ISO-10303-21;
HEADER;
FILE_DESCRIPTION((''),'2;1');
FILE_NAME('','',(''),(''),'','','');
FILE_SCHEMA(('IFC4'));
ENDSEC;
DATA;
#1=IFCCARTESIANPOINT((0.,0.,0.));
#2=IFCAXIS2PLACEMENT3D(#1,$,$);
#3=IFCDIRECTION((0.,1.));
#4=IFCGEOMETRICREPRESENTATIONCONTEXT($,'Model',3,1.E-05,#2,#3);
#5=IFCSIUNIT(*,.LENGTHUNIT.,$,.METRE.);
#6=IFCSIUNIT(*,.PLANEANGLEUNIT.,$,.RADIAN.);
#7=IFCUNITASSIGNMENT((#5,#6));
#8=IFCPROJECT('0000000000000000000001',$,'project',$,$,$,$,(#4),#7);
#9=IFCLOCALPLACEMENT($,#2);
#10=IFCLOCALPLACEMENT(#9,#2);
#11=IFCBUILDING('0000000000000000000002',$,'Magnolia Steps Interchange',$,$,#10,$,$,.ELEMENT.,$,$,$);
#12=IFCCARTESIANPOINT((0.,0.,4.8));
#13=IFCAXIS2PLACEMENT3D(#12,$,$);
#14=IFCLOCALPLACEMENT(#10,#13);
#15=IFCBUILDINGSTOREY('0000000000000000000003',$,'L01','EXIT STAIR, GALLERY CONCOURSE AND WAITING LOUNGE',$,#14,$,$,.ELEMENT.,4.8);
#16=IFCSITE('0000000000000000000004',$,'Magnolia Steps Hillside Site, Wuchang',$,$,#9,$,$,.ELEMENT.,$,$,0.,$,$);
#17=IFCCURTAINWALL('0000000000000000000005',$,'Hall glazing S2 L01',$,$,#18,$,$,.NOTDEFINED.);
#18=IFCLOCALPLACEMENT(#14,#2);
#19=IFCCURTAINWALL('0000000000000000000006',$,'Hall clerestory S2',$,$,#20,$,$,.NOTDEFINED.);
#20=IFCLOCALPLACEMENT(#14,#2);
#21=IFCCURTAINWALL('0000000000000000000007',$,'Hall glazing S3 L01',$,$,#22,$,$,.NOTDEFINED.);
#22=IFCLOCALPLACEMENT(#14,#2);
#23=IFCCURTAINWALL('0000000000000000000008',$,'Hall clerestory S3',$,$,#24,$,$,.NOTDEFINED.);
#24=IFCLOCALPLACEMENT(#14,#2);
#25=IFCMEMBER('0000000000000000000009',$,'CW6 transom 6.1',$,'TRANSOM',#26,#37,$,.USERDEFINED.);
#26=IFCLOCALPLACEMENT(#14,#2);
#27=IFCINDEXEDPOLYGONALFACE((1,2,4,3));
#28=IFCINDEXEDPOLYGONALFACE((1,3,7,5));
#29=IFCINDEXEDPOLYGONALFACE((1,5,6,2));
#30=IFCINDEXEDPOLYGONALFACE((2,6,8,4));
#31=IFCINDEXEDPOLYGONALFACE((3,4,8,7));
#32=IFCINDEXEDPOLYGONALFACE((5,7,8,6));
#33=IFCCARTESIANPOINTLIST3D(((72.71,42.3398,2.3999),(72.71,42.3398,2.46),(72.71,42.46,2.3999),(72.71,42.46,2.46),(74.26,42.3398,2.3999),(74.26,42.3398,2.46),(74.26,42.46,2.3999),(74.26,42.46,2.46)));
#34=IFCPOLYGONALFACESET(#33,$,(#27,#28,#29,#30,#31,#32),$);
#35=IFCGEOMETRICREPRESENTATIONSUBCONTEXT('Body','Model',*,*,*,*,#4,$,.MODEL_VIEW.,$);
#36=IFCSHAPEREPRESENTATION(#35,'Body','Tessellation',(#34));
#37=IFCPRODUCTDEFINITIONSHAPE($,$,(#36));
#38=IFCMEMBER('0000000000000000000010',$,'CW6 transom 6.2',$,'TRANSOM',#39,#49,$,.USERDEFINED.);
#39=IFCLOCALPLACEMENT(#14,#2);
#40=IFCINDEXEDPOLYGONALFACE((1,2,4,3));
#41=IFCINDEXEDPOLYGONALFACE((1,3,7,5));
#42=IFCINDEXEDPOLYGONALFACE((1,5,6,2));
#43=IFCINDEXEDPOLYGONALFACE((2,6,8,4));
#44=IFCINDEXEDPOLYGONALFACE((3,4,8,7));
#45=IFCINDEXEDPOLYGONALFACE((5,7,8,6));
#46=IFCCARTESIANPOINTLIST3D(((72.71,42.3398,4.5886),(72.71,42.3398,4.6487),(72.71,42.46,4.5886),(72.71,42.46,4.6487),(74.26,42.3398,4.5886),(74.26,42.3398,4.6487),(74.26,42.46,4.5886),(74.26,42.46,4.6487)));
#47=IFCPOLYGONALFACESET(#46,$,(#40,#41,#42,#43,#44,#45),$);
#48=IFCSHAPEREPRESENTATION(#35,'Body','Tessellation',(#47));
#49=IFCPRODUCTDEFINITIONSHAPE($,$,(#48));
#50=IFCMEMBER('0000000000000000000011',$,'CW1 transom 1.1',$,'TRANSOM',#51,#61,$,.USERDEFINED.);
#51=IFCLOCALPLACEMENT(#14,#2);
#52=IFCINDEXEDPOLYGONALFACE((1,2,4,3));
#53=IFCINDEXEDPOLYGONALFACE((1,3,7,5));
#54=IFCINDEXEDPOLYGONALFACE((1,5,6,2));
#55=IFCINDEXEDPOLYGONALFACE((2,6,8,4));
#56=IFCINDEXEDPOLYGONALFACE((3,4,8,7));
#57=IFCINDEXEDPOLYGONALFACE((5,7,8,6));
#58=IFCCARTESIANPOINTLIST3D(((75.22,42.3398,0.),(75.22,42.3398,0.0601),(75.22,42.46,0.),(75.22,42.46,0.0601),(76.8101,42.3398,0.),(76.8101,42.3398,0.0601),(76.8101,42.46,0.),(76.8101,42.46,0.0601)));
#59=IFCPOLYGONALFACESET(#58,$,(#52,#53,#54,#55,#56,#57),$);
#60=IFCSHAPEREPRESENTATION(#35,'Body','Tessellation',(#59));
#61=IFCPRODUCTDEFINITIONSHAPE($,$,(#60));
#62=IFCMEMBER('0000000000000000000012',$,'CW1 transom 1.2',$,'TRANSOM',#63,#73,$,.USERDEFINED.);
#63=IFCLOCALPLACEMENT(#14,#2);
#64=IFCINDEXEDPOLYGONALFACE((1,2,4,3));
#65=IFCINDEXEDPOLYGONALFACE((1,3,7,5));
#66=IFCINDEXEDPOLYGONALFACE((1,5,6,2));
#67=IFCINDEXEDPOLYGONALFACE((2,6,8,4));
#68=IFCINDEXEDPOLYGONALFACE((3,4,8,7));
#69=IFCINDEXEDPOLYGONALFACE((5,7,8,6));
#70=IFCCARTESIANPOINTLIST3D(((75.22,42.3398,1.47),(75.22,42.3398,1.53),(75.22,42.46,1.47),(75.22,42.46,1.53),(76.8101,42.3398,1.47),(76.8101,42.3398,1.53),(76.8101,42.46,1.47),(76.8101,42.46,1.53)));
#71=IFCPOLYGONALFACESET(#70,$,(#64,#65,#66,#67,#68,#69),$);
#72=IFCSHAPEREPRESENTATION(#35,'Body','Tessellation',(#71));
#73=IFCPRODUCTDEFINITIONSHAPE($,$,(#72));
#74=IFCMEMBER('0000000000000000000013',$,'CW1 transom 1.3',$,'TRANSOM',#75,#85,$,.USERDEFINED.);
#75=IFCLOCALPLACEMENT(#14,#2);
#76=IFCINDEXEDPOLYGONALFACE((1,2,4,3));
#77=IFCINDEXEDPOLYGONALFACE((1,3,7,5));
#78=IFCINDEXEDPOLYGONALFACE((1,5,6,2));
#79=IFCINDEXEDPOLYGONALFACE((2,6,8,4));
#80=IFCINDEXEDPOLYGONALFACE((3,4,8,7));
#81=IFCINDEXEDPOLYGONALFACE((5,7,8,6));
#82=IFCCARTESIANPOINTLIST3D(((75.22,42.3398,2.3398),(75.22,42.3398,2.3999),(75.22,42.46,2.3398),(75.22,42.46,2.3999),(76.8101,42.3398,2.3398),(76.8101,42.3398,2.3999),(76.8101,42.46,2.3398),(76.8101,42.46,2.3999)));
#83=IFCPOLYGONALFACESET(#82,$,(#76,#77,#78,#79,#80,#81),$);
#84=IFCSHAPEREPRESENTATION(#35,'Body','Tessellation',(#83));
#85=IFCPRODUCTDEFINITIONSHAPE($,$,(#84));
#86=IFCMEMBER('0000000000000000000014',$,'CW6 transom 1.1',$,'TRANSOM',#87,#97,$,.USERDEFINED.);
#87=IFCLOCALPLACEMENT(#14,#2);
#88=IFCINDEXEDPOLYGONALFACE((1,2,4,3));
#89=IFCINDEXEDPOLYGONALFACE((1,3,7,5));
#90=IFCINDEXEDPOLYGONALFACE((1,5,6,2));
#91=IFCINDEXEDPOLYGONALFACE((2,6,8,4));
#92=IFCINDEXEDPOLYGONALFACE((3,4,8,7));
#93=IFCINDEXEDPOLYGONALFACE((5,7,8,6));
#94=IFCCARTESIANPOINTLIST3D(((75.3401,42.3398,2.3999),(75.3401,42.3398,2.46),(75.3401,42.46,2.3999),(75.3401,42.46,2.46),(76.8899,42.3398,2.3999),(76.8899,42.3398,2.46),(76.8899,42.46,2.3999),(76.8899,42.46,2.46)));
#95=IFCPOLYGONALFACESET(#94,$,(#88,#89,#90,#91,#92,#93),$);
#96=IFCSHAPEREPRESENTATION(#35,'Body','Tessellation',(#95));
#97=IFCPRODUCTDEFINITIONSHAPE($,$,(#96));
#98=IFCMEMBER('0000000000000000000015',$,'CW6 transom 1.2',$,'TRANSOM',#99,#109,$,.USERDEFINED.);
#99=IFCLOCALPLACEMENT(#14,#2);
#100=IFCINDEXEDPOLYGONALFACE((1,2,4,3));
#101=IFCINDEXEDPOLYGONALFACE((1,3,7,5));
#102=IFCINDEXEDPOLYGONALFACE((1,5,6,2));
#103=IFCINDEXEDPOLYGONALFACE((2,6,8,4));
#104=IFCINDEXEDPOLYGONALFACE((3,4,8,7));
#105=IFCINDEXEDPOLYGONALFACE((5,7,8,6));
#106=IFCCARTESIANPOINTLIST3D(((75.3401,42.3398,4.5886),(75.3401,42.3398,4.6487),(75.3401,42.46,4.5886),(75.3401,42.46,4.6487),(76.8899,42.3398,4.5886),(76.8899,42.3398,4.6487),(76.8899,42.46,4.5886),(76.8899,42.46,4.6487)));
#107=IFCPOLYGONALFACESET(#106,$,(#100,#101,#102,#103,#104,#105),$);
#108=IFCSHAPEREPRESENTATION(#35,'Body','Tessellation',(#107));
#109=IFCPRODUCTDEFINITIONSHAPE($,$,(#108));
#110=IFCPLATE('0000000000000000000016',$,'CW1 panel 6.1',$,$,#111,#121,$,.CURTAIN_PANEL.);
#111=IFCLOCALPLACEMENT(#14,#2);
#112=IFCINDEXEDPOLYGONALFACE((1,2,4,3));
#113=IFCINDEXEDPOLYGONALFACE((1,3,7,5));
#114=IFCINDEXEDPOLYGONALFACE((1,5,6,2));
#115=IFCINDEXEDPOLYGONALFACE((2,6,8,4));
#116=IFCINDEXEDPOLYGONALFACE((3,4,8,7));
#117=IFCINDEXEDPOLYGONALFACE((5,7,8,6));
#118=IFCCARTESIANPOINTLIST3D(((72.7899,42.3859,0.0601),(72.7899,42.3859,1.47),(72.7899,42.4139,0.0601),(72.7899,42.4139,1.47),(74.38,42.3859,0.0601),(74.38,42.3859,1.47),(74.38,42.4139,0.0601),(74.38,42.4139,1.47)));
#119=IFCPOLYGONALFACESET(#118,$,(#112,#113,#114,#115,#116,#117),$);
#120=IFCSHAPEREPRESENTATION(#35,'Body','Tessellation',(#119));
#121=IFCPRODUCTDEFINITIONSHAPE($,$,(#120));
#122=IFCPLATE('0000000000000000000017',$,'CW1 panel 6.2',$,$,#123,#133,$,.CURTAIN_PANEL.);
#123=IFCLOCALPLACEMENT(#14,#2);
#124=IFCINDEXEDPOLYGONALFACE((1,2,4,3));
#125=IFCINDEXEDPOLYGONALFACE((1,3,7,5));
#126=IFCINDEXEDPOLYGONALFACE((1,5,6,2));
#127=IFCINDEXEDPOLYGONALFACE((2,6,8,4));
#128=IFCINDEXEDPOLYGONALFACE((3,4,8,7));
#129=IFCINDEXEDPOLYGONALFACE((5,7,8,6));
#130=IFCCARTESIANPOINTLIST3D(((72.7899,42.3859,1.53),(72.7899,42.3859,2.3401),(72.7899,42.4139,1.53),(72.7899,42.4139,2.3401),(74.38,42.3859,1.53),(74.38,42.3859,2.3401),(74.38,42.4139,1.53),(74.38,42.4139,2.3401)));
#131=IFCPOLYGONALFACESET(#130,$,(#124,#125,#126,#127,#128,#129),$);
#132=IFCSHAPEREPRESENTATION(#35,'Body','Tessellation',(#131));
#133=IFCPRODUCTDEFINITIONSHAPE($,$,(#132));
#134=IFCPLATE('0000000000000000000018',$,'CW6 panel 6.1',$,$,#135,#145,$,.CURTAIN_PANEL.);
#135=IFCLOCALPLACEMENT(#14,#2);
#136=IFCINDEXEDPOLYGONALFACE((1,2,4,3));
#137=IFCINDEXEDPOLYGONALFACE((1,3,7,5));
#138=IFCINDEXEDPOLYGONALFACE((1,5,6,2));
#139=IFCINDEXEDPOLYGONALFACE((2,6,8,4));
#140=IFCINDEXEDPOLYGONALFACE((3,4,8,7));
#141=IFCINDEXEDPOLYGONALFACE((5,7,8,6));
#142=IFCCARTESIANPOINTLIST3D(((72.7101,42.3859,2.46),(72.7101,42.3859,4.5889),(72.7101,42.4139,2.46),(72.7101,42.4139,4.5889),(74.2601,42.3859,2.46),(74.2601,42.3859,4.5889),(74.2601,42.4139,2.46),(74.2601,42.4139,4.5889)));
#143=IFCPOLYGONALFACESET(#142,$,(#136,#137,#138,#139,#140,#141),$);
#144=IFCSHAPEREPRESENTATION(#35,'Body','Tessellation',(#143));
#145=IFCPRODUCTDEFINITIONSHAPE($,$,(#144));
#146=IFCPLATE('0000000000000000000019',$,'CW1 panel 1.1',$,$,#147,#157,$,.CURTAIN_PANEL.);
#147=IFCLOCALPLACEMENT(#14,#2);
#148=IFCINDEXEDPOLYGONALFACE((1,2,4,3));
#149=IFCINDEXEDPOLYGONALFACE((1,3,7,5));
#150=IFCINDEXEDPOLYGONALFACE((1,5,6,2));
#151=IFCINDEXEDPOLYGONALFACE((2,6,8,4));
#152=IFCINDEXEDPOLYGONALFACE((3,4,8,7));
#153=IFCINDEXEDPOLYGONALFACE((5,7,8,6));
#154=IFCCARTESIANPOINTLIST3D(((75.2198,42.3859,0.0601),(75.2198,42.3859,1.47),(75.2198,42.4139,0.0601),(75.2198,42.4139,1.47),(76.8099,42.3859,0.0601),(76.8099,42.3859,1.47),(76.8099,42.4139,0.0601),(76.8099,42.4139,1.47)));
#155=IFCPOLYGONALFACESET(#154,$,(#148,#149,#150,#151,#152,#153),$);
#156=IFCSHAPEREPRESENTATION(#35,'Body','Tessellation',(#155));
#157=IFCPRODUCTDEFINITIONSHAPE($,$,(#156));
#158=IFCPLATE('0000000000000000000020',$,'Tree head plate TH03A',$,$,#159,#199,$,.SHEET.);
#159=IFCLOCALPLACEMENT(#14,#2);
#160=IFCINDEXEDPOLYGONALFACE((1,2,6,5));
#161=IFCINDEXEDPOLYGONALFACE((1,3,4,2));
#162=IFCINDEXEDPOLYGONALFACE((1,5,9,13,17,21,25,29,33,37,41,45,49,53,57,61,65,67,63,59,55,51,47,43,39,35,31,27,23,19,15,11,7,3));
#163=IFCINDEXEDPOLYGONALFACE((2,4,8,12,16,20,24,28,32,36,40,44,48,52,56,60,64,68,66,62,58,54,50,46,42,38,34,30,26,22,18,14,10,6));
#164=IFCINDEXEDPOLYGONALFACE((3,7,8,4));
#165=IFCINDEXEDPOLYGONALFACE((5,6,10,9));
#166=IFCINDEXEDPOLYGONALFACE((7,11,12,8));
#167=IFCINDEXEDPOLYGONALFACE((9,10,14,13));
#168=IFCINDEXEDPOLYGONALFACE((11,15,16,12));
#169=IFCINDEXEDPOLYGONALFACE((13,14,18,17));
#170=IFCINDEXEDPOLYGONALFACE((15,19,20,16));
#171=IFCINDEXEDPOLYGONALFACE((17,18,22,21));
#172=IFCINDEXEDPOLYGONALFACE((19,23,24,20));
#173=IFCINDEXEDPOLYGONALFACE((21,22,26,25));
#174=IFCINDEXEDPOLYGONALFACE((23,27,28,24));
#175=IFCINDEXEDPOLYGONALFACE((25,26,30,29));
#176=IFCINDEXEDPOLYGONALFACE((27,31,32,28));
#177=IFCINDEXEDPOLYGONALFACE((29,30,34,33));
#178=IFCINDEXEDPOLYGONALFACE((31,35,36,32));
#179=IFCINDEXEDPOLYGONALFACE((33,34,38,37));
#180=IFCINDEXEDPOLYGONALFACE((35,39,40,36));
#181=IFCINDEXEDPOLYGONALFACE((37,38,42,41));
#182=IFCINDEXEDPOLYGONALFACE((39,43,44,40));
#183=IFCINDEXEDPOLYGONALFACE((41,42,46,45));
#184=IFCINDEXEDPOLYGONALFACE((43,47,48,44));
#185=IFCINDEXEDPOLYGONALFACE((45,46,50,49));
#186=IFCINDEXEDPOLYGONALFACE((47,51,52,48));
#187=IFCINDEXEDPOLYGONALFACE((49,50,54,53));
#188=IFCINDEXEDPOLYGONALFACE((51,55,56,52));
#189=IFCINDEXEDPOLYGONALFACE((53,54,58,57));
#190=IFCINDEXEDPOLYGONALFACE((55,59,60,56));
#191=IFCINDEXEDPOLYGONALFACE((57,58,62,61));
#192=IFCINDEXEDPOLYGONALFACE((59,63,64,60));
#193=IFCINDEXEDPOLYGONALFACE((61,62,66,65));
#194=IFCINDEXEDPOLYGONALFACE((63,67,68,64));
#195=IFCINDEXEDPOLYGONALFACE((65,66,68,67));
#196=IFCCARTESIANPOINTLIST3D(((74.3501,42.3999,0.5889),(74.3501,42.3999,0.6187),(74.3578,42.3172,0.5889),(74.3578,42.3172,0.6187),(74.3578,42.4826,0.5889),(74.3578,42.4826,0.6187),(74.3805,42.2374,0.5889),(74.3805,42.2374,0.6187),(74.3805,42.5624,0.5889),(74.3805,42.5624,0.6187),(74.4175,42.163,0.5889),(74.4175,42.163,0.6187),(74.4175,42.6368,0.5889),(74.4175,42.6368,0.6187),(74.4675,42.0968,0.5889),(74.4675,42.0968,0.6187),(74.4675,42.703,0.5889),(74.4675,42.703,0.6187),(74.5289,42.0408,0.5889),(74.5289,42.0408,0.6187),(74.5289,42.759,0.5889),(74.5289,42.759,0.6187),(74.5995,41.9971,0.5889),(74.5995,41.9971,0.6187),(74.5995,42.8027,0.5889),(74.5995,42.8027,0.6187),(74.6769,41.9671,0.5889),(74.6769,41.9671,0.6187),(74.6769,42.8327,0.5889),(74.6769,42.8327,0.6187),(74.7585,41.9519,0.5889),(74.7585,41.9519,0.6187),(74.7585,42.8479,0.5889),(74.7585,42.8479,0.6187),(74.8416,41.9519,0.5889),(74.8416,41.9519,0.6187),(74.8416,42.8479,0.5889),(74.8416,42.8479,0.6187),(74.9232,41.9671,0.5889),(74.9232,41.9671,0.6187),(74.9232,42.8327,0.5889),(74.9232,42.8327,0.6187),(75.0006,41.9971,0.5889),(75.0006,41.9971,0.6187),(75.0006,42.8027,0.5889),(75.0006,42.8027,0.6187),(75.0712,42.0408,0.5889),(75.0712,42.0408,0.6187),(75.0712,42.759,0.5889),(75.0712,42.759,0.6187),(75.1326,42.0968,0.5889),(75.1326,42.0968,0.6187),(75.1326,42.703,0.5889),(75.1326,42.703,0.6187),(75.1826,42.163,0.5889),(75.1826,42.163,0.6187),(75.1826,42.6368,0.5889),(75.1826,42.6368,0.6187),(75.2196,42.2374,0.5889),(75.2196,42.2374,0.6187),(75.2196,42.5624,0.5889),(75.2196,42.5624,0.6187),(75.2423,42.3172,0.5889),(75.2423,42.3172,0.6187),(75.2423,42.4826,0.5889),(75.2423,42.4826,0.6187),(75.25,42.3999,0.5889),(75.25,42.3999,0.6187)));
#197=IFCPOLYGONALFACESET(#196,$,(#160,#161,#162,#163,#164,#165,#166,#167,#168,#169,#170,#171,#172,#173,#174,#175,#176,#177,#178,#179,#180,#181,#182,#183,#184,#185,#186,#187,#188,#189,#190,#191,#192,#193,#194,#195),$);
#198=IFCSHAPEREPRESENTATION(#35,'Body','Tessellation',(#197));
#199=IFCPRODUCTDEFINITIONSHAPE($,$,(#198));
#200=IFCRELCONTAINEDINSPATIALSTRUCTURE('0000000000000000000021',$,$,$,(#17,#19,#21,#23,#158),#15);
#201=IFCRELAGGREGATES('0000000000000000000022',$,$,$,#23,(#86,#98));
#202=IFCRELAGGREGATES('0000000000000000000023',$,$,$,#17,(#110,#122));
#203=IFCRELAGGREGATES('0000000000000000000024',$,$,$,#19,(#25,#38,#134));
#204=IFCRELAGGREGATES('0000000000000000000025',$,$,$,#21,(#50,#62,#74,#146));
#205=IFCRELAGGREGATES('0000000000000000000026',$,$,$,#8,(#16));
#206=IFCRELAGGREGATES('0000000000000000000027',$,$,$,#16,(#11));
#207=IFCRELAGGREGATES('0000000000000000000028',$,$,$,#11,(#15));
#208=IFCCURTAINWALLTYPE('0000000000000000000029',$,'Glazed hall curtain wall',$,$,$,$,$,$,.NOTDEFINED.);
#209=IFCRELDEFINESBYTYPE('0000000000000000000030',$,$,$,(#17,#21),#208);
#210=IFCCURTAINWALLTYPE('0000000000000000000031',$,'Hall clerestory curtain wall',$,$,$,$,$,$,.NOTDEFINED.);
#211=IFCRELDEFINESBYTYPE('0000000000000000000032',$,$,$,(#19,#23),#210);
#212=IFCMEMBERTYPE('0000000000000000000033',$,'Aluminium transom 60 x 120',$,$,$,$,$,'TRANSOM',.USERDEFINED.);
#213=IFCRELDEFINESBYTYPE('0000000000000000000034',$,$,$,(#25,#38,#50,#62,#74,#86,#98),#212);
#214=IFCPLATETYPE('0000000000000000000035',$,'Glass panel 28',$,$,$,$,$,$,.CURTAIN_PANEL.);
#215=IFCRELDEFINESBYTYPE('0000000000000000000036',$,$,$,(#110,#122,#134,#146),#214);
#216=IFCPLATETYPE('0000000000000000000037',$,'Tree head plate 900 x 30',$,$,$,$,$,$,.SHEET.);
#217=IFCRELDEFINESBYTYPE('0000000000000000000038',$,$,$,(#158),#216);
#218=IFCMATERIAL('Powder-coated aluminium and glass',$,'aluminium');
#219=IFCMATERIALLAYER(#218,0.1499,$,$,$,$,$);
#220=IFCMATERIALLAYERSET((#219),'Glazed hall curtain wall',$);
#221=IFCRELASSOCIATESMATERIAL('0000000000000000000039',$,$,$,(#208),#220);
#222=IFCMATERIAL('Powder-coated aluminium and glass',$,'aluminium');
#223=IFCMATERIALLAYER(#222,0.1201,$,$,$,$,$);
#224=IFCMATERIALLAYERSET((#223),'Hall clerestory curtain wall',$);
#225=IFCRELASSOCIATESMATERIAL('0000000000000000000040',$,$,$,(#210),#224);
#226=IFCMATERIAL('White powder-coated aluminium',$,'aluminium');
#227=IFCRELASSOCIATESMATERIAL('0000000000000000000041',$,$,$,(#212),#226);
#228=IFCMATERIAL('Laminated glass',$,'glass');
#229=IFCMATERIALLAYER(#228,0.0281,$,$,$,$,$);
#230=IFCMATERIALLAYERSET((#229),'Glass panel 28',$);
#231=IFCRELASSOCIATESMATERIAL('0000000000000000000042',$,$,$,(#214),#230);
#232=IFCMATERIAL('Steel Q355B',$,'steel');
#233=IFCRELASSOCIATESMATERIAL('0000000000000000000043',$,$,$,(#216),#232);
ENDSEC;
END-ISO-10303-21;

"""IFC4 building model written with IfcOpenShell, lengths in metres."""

from ifc_helpers import new_model, si_unit, direction, frame, origin, origin_2d, place, context, subcontext, project, spatial, rectangle, circle, extrude, material, layer, layer_set, material_profile, profile_set, type_object, element, aggregate, save


model = new_model("IFC4")

# Units and contexts
model_context = context("Model", 3, precision=1e-05, world=origin(), true_north=direction((0.0, 1.0)))
body_context = subcontext(model_context, "Body", "Model", "MODEL_VIEW")
ifc_project = project(units=[si_unit("LENGTHUNIT", "METRE"), si_unit("PLANEANGLEUNIT", "RADIAN")], contexts=[model_context])

# Site, building, storey
site_placement = place(None, origin())
site = spatial("IfcSite", under=ifc_project, at=site_placement, Name="Magnolia Steps Hillside Site, Wuchang", CompositionType="ELEMENT", RefElevation=0.0)
building_placement = place(site_placement, origin())
building = spatial("IfcBuilding", under=site, at=building_placement, Name="Magnolia Steps Interchange", CompositionType="ELEMENT")
storey_placement = place(building_placement, frame((0.0, 0.0, 4.8)))
storey = spatial("IfcBuildingStorey", under=building, at=storey_placement, Name="L01", Description="EXIT STAIR, GALLERY CONCOURSE AND WAITING LOUNGE", CompositionType="ELEMENT", Elevation=4.8)

# Curtain walls
ifc_material_1 = material(Name="Powder-coated aluminium and glass", Category="aluminium")
ifc_layer_1 = layer(ifc_material_1, 0.1499)
ifc_layer_set_1 = layer_set([ifc_layer_1], Name="Glazed hall curtain wall")
curtain_wall_type_1 = type_object("IfcCurtainWallType", Name="Glazed hall curtain wall", PredefinedType="NOTDEFINED", material=ifc_layer_set_1)
curtain_wall_1_placement = place(storey_placement, origin())
curtain_wall_1 = element("IfcCurtainWall", 1, at=curtain_wall_1_placement, inside=storey, type_object=curtain_wall_type_1, Name="Hall glazing S2 L01", PredefinedType="NOTDEFINED")
ifc_material_2 = material(Name="Powder-coated aluminium and glass", Category="aluminium")
ifc_layer_2 = layer(ifc_material_2, 0.1201)
ifc_layer_set_2 = layer_set([ifc_layer_2], Name="Hall clerestory curtain wall")
curtain_wall_type_2 = type_object("IfcCurtainWallType", Name="Hall clerestory curtain wall", PredefinedType="NOTDEFINED", material=ifc_layer_set_2)
curtain_wall_2_placement = place(storey_placement, origin())
curtain_wall_2 = element("IfcCurtainWall", 2, at=curtain_wall_2_placement, inside=storey, type_object=curtain_wall_type_2, Name="Hall clerestory S2", PredefinedType="NOTDEFINED")

# Curtain walls
curtain_wall_3_placement = place(storey_placement, origin())
curtain_wall_3 = element("IfcCurtainWall", 3, at=curtain_wall_3_placement, inside=storey, type_object=curtain_wall_type_1, Name="Hall glazing S3 L01", PredefinedType="NOTDEFINED")
curtain_wall_4_placement = place(storey_placement, origin())
curtain_wall_4 = element("IfcCurtainWall", 4, at=curtain_wall_4_placement, inside=storey, type_object=curtain_wall_type_2, Name="Hall clerestory S3", PredefinedType="NOTDEFINED")

# Members
ifc_material_3 = material(Name="White powder-coated aluminium", Category="aluminium")
ifc_material_profile_1 = material_profile(ifc_material_3, rectangle(XDim=0.0601, YDim=0.1201, at=origin_2d()), Name="Aluminium transom 60 x 120")
ifc_profile_set_1 = profile_set([ifc_material_profile_1], Name="White powder-coated aluminium")
member_type_1 = type_object("IfcMemberType", Name="Aluminium transom 60 x 120", ElementType="TRANSOM", PredefinedType="USERDEFINED", material=ifc_profile_set_1)
member_1_placement = place(storey_placement, frame((72.71, 42.3999, 2.4299), z_axis=(1.0, 0.0, 0.0), x_axis=(0.0, 0.0, 1.0)))
member_1 = element("IfcMember", 5, at=member_1_placement, type_object=member_type_1, Name="CW6 transom 6.1", ObjectType="TRANSOM", PredefinedType="USERDEFINED", context=body_context, shape_type="SweptSolid", body=[
    extrude(rectangle(XDim=0.0601, YDim=0.1201, at=origin_2d()), origin(), (0.0, 0.0, 1.0), 1.55),
])
member_2_placement = place(storey_placement, frame((72.71, 42.3999, 4.6187), z_axis=(1.0, 0.0, 0.0), x_axis=(0.0, 0.0, 1.0)))
member_2 = element("IfcMember", 6, at=member_2_placement, type_object=member_type_1, Name="CW6 transom 6.2", ObjectType="TRANSOM", PredefinedType="USERDEFINED", context=body_context, shape_type="SweptSolid", body=[
    extrude(rectangle(XDim=0.0601, YDim=0.1201, at=origin_2d()), origin(), (0.0, 0.0, 1.0), 1.55),
])
member_3_placement = place(storey_placement, frame((75.22, 42.3999, 0.03), z_axis=(1.0, 0.0, 0.0), x_axis=(0.0, 0.0, 1.0)))
member_3 = element("IfcMember", 7, at=member_3_placement, type_object=member_type_1, Name="CW1 transom 1.1", ObjectType="TRANSOM", PredefinedType="USERDEFINED", context=body_context, shape_type="SweptSolid", body=[
    extrude(rectangle(XDim=0.0601, YDim=0.1201, at=origin_2d()), origin(), (0.0, 0.0, 1.0), 1.5901),
])
member_4_placement = place(storey_placement, frame((75.22, 42.3999, 1.5), z_axis=(1.0, 0.0, 0.0), x_axis=(0.0, 0.0, 1.0)))
member_4 = element("IfcMember", 8, at=member_4_placement, type_object=member_type_1, Name="CW1 transom 1.2", ObjectType="TRANSOM", PredefinedType="USERDEFINED", context=body_context, shape_type="SweptSolid", body=[
    extrude(rectangle(XDim=0.0601, YDim=0.1201, at=origin_2d()), origin(), (0.0, 0.0, 1.0), 1.5901),
])
member_5_placement = place(storey_placement, frame((75.22, 42.3999, 2.3699), z_axis=(1.0, 0.0, 0.0), x_axis=(0.0, 0.0, 1.0)))
member_5 = element("IfcMember", 9, at=member_5_placement, type_object=member_type_1, Name="CW1 transom 1.3", ObjectType="TRANSOM", PredefinedType="USERDEFINED", context=body_context, shape_type="SweptSolid", body=[
    extrude(rectangle(XDim=0.0601, YDim=0.1201, at=origin_2d()), origin(), (0.0, 0.0, 1.0), 1.5901),
])
member_6_placement = place(storey_placement, frame((75.3401, 42.3999, 2.4299), z_axis=(1.0, 0.0, 0.0), x_axis=(0.0, 0.0, 1.0)))
member_6 = element("IfcMember", 10, at=member_6_placement, type_object=member_type_1, Name="CW6 transom 1.1", ObjectType="TRANSOM", PredefinedType="USERDEFINED", context=body_context, shape_type="SweptSolid", body=[
    extrude(rectangle(XDim=0.0601, YDim=0.1201, at=origin_2d()), origin(), (0.0, 0.0, 1.0), 1.5498),
])
member_7_placement = place(storey_placement, frame((75.3401, 42.3999, 4.6187), z_axis=(1.0, 0.0, 0.0), x_axis=(0.0, 0.0, 1.0)))
member_7 = element("IfcMember", 11, at=member_7_placement, type_object=member_type_1, Name="CW6 transom 1.2", ObjectType="TRANSOM", PredefinedType="USERDEFINED", context=body_context, shape_type="SweptSolid", body=[
    extrude(rectangle(XDim=0.0601, YDim=0.1201, at=origin_2d()), origin(), (0.0, 0.0, 1.0), 1.5498),
])
aggregate(curtain_wall_4, [member_6, member_7])

# Plates
ifc_material_4 = material(Name="Laminated glass", Category="glass")
ifc_layer_3 = layer(ifc_material_4, 0.0281)
ifc_layer_set_3 = layer_set([ifc_layer_3], Name="Glass panel 28")
plate_type_1 = type_object("IfcPlateType", Name="Glass panel 28", PredefinedType="CURTAIN_PANEL", material=ifc_layer_set_3)
plate_1_placement = place(storey_placement, frame((73.585, 42.3999, 0.0601), z_axis=(0.0, 0.0, 1.0), x_axis=(1.0, 0.0, 0.0)))
plate_1 = element("IfcPlate", 12, at=plate_1_placement, type_object=plate_type_1, Name="CW1 panel 6.1", PredefinedType="CURTAIN_PANEL", context=body_context, shape_type="SweptSolid", body=[
    extrude(rectangle(XDim=1.5901, YDim=0.0281, at=origin_2d()), origin(), (0.0, 0.0, 1.0), 1.4099),
])
plate_2_placement = place(storey_placement, frame((73.585, 42.3999, 1.53), z_axis=(0.0, 0.0, 1.0), x_axis=(1.0, 0.0, 0.0)))
plate_2 = element("IfcPlate", 13, at=plate_2_placement, type_object=plate_type_1, Name="CW1 panel 6.2", PredefinedType="CURTAIN_PANEL", context=body_context, shape_type="SweptSolid", body=[
    extrude(rectangle(XDim=1.5901, YDim=0.0281, at=origin_2d()), origin(), (0.0, 0.0, 1.0), 0.8101),
])
aggregate(curtain_wall_1, [plate_1, plate_2])
plate_3_placement = place(storey_placement, frame((73.4851, 42.3999, 2.46), z_axis=(0.0, 0.0, 1.0), x_axis=(1.0, 0.0, 0.0)))
plate_3 = element("IfcPlate", 14, at=plate_3_placement, type_object=plate_type_1, Name="CW6 panel 6.1", PredefinedType="CURTAIN_PANEL", context=body_context, shape_type="SweptSolid", body=[
    extrude(rectangle(XDim=1.55, YDim=0.0281, at=origin_2d()), origin(), (0.0, 0.0, 1.0), 2.1289),
])
aggregate(curtain_wall_2, [member_1, member_2, plate_3])
plate_4_placement = place(storey_placement, frame((76.0149, 42.3999, 0.0601), z_axis=(0.0, 0.0, 1.0), x_axis=(1.0, 0.0, 0.0)))
plate_4 = element("IfcPlate", 15, at=plate_4_placement, type_object=plate_type_1, Name="CW1 panel 1.1", PredefinedType="CURTAIN_PANEL", context=body_context, shape_type="SweptSolid", body=[
    extrude(rectangle(XDim=1.5901, YDim=0.0281, at=origin_2d()), origin(), (0.0, 0.0, 1.0), 1.4099),
])
aggregate(curtain_wall_3, [member_3, member_4, member_5, plate_4])
ifc_material_5 = material(Name="Steel Q355B", Category="steel")
ifc_material_profile_2 = material_profile(ifc_material_5, circle(Radius=0.45, at=origin_2d()), Name="Tree head plate 900 x 30")
ifc_profile_set_2 = profile_set([ifc_material_profile_2], Name="Steel Q355B")
plate_type_2 = type_object("IfcPlateType", Name="Tree head plate 900 x 30", PredefinedType="SHEET", material=ifc_profile_set_2)
plate_5_placement = place(storey_placement, frame((74.8, 42.3999, 0.5889), z_axis=(0.0, 0.0, 1.0), x_axis=(1.0, 0.0, 0.0)))
element("IfcPlate", 16, at=plate_5_placement, inside=storey, type_object=plate_type_2, Name="Tree head plate TH03A", PredefinedType="SHEET", context=body_context, shape_type="SweptSolid", body=[
    extrude(circle(Radius=0.45, at=origin_2d()), origin(), (0.0, 0.0, 1.0), 0.0298),
])

save(model, "model.ifc")
